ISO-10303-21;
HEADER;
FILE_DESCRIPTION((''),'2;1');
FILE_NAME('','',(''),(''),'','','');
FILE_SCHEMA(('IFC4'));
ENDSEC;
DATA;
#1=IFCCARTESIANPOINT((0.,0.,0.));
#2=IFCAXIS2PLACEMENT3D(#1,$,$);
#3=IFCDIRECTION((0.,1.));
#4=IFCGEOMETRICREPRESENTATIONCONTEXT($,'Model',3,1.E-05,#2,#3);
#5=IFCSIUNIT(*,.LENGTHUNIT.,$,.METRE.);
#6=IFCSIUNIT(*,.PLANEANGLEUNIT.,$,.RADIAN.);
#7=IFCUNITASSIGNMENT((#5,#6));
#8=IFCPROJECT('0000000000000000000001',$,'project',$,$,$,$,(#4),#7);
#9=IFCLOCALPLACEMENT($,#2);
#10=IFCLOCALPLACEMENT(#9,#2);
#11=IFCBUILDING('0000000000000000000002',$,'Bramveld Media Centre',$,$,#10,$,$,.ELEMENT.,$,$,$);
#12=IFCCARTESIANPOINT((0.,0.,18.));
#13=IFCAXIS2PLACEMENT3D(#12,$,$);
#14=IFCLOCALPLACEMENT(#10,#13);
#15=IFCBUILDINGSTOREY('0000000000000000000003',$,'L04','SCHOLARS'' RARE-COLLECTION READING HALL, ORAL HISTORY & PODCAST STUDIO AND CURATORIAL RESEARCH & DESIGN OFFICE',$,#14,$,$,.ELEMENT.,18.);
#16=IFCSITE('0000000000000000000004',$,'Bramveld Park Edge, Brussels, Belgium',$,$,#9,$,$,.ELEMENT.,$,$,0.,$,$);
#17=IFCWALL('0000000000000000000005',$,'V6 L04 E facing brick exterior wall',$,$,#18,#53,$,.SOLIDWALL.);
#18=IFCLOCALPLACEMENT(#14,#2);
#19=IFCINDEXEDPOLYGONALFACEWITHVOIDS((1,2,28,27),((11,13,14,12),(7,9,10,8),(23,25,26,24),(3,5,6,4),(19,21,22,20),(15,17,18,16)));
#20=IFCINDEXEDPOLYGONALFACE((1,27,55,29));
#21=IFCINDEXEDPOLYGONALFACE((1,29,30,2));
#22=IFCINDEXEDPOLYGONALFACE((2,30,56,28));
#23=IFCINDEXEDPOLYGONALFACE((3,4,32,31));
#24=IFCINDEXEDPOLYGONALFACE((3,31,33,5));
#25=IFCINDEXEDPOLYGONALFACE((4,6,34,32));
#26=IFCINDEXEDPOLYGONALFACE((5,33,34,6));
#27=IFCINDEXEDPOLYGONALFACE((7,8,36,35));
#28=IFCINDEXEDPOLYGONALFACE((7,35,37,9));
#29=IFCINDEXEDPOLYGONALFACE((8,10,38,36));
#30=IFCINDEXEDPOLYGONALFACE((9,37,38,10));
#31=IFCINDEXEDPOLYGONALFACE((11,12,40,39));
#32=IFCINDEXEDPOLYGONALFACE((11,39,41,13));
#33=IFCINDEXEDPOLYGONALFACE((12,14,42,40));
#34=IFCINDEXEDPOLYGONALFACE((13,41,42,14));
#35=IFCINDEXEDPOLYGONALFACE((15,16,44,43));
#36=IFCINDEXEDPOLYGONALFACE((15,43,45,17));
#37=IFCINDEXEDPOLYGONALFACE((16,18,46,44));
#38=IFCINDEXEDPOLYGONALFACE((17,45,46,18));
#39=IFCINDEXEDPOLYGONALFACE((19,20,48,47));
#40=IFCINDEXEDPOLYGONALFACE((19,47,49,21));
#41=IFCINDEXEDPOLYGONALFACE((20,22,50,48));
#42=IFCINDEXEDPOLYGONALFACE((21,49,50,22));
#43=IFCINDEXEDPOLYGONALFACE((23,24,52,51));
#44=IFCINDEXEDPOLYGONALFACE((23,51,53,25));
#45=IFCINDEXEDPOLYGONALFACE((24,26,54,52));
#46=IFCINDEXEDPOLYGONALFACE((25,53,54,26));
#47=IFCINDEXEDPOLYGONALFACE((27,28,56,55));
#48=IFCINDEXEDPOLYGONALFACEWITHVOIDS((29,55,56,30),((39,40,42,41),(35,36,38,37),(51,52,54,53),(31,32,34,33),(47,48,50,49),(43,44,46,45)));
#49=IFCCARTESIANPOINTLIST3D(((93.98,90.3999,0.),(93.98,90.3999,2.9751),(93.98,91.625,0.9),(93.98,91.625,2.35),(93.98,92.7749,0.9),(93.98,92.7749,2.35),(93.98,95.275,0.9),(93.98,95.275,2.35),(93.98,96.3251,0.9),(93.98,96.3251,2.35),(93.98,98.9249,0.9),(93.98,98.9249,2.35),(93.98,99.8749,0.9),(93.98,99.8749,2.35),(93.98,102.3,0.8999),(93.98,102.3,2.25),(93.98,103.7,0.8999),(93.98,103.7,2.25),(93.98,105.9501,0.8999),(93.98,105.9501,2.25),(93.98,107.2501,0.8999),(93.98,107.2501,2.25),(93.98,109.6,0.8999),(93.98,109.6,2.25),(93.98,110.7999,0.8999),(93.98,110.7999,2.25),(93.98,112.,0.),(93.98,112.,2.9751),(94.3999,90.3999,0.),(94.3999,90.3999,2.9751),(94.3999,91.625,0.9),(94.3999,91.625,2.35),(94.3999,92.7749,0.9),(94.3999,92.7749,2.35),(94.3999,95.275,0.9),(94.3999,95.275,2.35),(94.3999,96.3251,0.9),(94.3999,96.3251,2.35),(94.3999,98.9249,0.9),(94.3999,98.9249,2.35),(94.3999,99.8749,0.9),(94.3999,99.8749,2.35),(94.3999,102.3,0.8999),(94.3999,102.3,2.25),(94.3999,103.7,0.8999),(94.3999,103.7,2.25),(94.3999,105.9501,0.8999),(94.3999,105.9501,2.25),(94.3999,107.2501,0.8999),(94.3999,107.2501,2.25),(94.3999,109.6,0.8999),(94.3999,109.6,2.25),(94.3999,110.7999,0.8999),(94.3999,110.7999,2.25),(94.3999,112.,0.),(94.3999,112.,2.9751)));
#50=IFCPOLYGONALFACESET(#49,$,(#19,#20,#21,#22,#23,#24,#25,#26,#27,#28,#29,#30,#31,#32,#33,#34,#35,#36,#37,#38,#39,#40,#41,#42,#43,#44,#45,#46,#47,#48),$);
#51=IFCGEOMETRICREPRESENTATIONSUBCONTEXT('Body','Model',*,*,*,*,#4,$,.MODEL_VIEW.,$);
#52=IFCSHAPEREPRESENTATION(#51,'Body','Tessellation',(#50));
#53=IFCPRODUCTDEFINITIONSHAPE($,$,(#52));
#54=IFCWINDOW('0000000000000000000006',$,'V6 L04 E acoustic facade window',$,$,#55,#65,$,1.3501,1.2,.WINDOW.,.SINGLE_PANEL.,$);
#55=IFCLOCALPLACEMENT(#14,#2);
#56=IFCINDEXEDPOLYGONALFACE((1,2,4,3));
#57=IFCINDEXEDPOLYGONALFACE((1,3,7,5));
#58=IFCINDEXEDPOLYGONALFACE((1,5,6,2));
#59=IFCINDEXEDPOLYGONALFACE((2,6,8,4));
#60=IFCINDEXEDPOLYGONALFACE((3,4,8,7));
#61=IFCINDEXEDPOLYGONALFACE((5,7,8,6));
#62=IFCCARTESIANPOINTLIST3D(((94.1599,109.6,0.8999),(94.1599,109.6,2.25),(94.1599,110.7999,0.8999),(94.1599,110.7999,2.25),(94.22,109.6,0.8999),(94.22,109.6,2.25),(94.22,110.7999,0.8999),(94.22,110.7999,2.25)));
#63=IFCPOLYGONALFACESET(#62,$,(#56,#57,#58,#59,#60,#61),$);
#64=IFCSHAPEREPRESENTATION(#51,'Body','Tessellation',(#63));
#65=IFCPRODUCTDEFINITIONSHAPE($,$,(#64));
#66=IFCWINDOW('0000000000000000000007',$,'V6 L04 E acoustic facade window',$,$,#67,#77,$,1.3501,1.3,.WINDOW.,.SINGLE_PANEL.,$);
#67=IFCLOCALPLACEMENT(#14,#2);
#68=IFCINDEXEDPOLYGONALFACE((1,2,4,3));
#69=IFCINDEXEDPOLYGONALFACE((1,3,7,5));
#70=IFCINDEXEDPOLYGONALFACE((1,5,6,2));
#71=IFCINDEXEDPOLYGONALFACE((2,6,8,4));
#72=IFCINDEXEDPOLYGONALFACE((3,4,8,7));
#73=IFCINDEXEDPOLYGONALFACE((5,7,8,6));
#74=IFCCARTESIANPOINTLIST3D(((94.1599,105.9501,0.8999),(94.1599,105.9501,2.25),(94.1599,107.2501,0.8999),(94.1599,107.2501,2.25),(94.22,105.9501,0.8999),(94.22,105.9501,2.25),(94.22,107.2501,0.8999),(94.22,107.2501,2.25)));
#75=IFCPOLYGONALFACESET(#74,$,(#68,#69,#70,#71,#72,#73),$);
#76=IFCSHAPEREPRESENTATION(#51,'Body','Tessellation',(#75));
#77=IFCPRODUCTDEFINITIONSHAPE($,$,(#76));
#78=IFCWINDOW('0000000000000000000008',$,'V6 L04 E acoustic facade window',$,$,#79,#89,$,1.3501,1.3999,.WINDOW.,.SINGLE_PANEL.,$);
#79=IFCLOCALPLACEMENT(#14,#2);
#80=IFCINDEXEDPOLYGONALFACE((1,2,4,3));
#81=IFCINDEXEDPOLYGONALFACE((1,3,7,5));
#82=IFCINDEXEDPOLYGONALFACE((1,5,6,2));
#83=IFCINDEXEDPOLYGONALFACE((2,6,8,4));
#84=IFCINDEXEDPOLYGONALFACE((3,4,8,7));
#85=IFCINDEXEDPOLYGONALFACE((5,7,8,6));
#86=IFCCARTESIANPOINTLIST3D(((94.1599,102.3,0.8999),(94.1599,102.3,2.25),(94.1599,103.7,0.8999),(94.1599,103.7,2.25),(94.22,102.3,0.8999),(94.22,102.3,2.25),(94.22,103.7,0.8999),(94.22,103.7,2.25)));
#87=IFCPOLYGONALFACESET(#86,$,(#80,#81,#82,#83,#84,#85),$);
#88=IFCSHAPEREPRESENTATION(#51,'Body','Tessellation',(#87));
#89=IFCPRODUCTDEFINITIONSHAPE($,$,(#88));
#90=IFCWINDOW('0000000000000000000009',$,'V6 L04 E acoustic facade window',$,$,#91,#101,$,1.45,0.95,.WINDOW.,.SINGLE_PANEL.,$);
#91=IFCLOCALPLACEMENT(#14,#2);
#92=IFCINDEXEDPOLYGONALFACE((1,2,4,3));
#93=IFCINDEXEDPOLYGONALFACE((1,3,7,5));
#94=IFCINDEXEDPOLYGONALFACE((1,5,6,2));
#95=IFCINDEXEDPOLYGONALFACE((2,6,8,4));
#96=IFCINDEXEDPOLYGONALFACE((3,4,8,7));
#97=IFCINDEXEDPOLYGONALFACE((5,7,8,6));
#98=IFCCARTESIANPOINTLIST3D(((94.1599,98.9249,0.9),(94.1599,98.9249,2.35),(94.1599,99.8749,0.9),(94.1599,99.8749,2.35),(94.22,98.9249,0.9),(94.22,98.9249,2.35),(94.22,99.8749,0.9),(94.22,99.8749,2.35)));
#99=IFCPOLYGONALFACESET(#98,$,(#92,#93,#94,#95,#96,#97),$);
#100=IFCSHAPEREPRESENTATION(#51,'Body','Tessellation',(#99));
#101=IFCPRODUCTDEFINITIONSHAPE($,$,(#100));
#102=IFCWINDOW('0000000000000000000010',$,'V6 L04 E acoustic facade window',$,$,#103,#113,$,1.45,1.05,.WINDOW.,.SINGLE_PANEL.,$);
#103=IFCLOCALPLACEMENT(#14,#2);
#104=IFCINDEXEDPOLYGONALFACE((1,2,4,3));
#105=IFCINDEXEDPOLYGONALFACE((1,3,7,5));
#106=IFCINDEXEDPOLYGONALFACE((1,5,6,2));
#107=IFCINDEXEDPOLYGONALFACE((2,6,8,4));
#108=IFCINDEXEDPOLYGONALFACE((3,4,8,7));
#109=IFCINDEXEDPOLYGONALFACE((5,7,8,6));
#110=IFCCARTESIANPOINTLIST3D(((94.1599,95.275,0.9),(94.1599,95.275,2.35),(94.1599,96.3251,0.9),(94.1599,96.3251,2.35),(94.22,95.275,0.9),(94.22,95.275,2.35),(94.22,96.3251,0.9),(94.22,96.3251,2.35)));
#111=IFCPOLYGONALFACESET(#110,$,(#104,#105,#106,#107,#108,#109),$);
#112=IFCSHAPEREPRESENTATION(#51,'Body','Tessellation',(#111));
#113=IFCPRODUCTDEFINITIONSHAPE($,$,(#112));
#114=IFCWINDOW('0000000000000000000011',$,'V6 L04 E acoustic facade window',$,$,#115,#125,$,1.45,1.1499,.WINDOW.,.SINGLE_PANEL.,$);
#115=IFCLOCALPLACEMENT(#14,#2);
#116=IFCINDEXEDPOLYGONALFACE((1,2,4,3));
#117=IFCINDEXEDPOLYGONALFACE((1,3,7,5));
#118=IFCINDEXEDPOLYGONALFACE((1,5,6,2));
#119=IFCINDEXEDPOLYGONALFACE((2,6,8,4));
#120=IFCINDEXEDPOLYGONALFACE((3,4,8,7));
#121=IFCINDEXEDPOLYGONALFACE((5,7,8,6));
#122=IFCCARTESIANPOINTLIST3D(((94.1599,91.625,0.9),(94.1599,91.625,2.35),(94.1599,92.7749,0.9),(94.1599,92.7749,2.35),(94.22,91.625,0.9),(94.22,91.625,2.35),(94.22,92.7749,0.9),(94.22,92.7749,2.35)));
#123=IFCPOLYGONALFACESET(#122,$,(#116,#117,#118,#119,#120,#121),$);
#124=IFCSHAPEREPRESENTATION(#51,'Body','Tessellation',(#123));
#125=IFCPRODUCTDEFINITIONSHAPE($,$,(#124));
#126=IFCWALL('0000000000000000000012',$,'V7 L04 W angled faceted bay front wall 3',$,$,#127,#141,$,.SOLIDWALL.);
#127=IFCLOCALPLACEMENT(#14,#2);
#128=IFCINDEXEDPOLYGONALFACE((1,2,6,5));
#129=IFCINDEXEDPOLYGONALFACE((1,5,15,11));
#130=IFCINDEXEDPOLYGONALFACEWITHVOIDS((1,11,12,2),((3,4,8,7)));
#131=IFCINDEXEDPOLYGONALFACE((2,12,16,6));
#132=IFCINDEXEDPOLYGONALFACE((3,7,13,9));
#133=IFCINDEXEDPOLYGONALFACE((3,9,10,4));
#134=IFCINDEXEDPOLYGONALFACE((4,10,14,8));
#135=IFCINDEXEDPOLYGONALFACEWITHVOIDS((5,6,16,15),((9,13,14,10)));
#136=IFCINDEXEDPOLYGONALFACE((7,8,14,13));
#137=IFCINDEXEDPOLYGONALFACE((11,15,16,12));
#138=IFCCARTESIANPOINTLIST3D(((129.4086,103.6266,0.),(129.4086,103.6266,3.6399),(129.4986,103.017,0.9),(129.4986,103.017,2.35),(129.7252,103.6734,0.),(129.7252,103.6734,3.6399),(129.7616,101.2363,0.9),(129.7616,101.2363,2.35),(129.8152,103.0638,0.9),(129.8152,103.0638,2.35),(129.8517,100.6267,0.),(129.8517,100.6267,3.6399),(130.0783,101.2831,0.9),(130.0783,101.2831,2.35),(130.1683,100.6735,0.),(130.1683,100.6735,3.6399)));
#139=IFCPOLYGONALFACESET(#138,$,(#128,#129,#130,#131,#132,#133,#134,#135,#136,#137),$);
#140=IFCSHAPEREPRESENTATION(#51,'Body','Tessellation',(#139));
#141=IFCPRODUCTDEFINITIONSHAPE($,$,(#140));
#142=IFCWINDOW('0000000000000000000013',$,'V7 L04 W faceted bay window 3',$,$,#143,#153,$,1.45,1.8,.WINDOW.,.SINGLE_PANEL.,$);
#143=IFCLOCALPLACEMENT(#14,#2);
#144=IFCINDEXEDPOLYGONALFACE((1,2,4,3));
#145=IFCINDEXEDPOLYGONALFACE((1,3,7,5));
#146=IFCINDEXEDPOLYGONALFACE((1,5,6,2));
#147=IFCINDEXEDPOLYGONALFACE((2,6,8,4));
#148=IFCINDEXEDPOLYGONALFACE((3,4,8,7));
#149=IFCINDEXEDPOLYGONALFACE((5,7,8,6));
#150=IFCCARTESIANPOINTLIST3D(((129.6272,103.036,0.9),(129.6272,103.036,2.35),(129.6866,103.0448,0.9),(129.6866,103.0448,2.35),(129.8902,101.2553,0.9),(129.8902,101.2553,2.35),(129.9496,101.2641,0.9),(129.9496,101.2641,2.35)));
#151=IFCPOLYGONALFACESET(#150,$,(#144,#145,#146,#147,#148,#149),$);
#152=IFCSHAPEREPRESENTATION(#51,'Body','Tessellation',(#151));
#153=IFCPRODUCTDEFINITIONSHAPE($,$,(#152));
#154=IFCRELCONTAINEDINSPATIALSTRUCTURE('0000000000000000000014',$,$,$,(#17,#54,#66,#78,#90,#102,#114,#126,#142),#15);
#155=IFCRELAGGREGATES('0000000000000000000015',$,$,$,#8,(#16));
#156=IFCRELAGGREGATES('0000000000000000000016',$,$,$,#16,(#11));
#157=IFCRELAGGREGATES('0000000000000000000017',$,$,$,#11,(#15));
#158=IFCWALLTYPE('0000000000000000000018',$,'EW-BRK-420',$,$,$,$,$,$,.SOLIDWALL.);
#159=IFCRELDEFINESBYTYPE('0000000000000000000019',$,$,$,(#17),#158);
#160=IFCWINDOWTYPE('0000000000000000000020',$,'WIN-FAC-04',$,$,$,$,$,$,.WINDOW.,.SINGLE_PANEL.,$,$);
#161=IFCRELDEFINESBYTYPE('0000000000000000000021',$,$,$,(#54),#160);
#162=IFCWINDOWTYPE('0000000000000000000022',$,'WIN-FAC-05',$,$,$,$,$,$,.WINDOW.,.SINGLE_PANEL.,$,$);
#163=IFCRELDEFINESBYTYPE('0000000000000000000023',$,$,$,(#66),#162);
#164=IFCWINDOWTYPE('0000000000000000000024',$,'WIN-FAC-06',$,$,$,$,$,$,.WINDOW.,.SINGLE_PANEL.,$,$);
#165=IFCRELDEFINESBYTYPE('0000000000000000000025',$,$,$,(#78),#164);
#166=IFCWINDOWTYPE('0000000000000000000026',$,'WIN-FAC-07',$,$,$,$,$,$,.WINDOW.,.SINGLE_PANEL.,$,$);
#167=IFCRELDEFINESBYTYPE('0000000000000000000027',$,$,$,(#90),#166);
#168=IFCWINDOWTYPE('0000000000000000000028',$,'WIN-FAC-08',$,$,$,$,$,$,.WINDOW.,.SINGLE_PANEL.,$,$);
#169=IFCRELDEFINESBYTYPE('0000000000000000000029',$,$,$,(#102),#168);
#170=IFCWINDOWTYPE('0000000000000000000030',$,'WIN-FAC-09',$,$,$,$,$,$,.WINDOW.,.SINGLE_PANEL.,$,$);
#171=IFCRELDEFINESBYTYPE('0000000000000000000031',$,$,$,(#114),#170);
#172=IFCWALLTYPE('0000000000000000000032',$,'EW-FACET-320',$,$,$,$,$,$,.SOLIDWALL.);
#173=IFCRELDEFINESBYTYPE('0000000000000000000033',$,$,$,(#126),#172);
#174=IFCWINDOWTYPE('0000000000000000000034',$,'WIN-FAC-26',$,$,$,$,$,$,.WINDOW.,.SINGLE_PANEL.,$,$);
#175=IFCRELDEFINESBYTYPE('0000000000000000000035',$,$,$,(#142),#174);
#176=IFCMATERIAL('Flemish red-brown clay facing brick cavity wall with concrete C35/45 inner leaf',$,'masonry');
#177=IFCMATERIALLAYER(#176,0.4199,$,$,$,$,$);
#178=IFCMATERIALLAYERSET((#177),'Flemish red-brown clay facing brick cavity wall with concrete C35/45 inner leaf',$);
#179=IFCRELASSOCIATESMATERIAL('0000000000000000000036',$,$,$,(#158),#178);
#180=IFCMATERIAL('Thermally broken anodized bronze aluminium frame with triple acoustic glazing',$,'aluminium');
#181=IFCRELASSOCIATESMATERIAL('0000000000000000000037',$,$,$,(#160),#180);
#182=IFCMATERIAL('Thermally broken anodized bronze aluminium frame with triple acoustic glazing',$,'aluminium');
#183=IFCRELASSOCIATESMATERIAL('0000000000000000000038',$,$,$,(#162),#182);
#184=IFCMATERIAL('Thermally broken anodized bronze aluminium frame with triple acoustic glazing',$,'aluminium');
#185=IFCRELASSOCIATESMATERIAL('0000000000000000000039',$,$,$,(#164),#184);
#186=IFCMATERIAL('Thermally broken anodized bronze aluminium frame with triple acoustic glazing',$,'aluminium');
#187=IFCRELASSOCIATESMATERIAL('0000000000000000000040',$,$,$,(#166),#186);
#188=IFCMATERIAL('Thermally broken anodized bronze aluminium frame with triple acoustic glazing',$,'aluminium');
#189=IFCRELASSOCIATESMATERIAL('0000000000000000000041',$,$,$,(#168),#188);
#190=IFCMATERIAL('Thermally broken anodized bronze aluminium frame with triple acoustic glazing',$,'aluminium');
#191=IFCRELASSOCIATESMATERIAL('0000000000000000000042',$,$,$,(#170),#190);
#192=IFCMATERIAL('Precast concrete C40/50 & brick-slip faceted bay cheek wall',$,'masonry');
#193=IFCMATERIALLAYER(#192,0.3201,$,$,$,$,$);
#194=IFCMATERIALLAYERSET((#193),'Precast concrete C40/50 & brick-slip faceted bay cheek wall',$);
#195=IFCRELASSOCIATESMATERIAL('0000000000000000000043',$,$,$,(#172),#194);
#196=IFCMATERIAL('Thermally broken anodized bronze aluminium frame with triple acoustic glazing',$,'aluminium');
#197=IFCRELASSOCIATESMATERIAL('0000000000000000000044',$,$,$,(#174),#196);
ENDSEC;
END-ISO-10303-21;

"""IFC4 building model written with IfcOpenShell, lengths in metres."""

from ifc_helpers import new_model, si_unit, direction, frame, frame_2d, origin, place, context, subcontext, project, spatial, rectangle, extrude, material, layer, layer_set, type_object, element, fill, save


model = new_model("IFC4")

# Units and contexts
model_context = context("Model", 3, precision=1e-05, world=origin(), true_north=direction((0.0, 1.0)))
body_context = subcontext(model_context, "Body", "Model", "MODEL_VIEW")
ifc_project = project(units=[si_unit("LENGTHUNIT", "METRE"), si_unit("PLANEANGLEUNIT", "RADIAN")], contexts=[model_context])

# Site, building, storey
site_placement = place(None, origin())
site = spatial("IfcSite", under=ifc_project, at=site_placement, Name="Bramveld Park Edge, Brussels, Belgium", CompositionType="ELEMENT", RefElevation=0.0)
building_placement = place(site_placement, origin())
building = spatial("IfcBuilding", under=site, at=building_placement, Name="Bramveld Media Centre", CompositionType="ELEMENT")
storey_placement = place(building_placement, frame((0.0, 0.0, 18.0)))
storey = spatial("IfcBuildingStorey", under=building, at=storey_placement, Name="L04", Description="SCHOLARS' RARE-COLLECTION READING HALL, ORAL HISTORY & PODCAST STUDIO AND CURATORIAL RESEARCH & DESIGN OFFICE", CompositionType="ELEMENT", Elevation=18.0)

# Wall, openings, windows
ifc_material_1 = material(Name="Flemish red-brown clay facing brick cavity wall with concrete C35/45 inner leaf", Category="masonry")
ifc_layer_1 = layer(ifc_material_1, 0.4199)
ifc_layer_set_1 = layer_set([ifc_layer_1], Name="Flemish red-brown clay facing brick cavity wall with concrete C35/45 inner leaf")
wall_type_1 = type_object("IfcWallType", Name="EW-BRK-420", PredefinedType="SOLIDWALL", material=ifc_layer_set_1)
wall_1_placement = place(storey_placement, frame((94.1899, 112.0, 0.0), z_axis=(0.0, 0.0, 1.0), x_axis=(0.0, -1.0, 0.0)))
wall_1 = element("IfcWall", 1, at=wall_1_placement, inside=storey, type_object=wall_type_1, Name="V6 L04 E facing brick exterior wall", PredefinedType="SOLIDWALL", context=body_context, shape_type="SweptSolid", body=[
    extrude(rectangle(XDim=21.6001, YDim=0.4199, at=frame_2d((10.8, 0.0))), origin(), (0.0, 0.0, 1.0), 2.9751),
])
opening_1_placement = place(wall_1_placement, frame((1.2, 0.0, 0.8999)))
opening_1 = element("IfcOpeningElement", 2, at=opening_1_placement, cuts=wall_1, PredefinedType="OPENING", context=body_context, shape_type="SweptSolid", body=[
    extrude(rectangle(XDim=1.2, YDim=1.3501, at=frame_2d((0.6001, 0.675))), frame((0.0, 0.2219, 0.0), z_axis=(0.0, -1.0, 0.0), x_axis=(1.0, 0.0, 0.0)), (0.0, 0.0, 1.0), 0.4438),
])
opening_2_placement = place(wall_1_placement, frame((4.75, 0.0, 0.8999)))
opening_2 = element("IfcOpeningElement", 3, at=opening_2_placement, cuts=wall_1, PredefinedType="OPENING", context=body_context, shape_type="SweptSolid", body=[
    extrude(rectangle(XDim=1.3, YDim=1.3501, at=frame_2d((0.6499, 0.675))), frame((0.0, 0.2219, 0.0), z_axis=(0.0, -1.0, 0.0), x_axis=(1.0, 0.0, 0.0)), (0.0, 0.0, 1.0), 0.4438),
])
opening_3_placement = place(wall_1_placement, frame((8.3, 0.0, 0.8999)))
opening_3 = element("IfcOpeningElement", 4, at=opening_3_placement, cuts=wall_1, PredefinedType="OPENING", context=body_context, shape_type="SweptSolid", body=[
    extrude(rectangle(XDim=1.3999, YDim=1.3501, at=frame_2d((0.7, 0.675))), frame((0.0, 0.2219, 0.0), z_axis=(0.0, -1.0, 0.0), x_axis=(1.0, 0.0, 0.0)), (0.0, 0.0, 1.0), 0.4438),
])
opening_4_placement = place(wall_1_placement, frame((12.125, 0.0, 0.8999)))
opening_4 = element("IfcOpeningElement", 5, at=opening_4_placement, cuts=wall_1, PredefinedType="OPENING", context=body_context, shape_type="SweptSolid", body=[
    extrude(rectangle(XDim=0.95, YDim=1.45, at=frame_2d((0.4751, 0.7251))), frame((0.0, 0.2219, 0.0), z_axis=(0.0, -1.0, 0.0), x_axis=(1.0, 0.0, 0.0)), (0.0, 0.0, 1.0), 0.4438),
])
opening_5_placement = place(wall_1_placement, frame((15.675, 0.0, 0.8999)))
opening_5 = element("IfcOpeningElement", 6, at=opening_5_placement, cuts=wall_1, PredefinedType="OPENING", context=body_context, shape_type="SweptSolid", body=[
    extrude(rectangle(XDim=1.05, YDim=1.45, at=frame_2d((0.5249, 0.7251))), frame((0.0, 0.2219, 0.0), z_axis=(0.0, -1.0, 0.0), x_axis=(1.0, 0.0, 0.0)), (0.0, 0.0, 1.0), 0.4438),
])
opening_6_placement = place(wall_1_placement, frame((19.2251, 0.0, 0.8999)))
opening_6 = element("IfcOpeningElement", 7, at=opening_6_placement, cuts=wall_1, PredefinedType="OPENING", context=body_context, shape_type="SweptSolid", body=[
    extrude(rectangle(XDim=1.1499, YDim=1.45, at=frame_2d((0.575, 0.7251))), frame((0.0, 0.2219, 0.0), z_axis=(0.0, -1.0, 0.0), x_axis=(1.0, 0.0, 0.0)), (0.0, 0.0, 1.0), 0.4438),
])
ifc_material_2 = material(Name="Thermally broken anodized bronze aluminium frame with triple acoustic glazing", Category="aluminium")
window_type_1 = type_object("IfcWindowType", Name="WIN-FAC-04", PartitioningType="SINGLE_PANEL", PredefinedType="WINDOW", material=ifc_material_2)
window_1_placement = place(opening_1_placement, origin())
window_1 = element("IfcWindow", 8, at=window_1_placement, inside=storey, type_object=window_type_1, Name="V6 L04 E acoustic facade window", OverallHeight=1.3501, OverallWidth=1.2, PartitioningType="SINGLE_PANEL", PredefinedType="WINDOW", context=body_context, shape_type="SweptSolid", body=[
    extrude(rectangle(XDim=1.2, YDim=1.3501, at=frame_2d((0.6001, 0.675))), frame((0.0, 0.03, 0.0), z_axis=(0.0, -1.0, 0.0), x_axis=(1.0, 0.0, 0.0)), (0.0, 0.0, 1.0), 0.0601),
])
fill(opening_1, window_1)
ifc_material_3 = material(Name="Thermally broken anodized bronze aluminium frame with triple acoustic glazing", Category="aluminium")
window_type_2 = type_object("IfcWindowType", Name="WIN-FAC-05", PartitioningType="SINGLE_PANEL", PredefinedType="WINDOW", material=ifc_material_3)
window_2_placement = place(opening_2_placement, origin())
window_2 = element("IfcWindow", 9, at=window_2_placement, inside=storey, type_object=window_type_2, Name="V6 L04 E acoustic facade window", OverallHeight=1.3501, OverallWidth=1.3, PartitioningType="SINGLE_PANEL", PredefinedType="WINDOW", context=body_context, shape_type="SweptSolid", body=[
    extrude(rectangle(XDim=1.3, YDim=1.3501, at=frame_2d((0.6499, 0.675))), frame((0.0, 0.03, 0.0), z_axis=(0.0, -1.0, 0.0), x_axis=(1.0, 0.0, 0.0)), (0.0, 0.0, 1.0), 0.0601),
])
fill(opening_2, window_2)
ifc_material_4 = material(Name="Thermally broken anodized bronze aluminium frame with triple acoustic glazing", Category="aluminium")
window_type_3 = type_object("IfcWindowType", Name="WIN-FAC-06", PartitioningType="SINGLE_PANEL", PredefinedType="WINDOW", material=ifc_material_4)
window_3_placement = place(opening_3_placement, origin())
window_3 = element("IfcWindow", 10, at=window_3_placement, inside=storey, type_object=window_type_3, Name="V6 L04 E acoustic facade window", OverallHeight=1.3501, OverallWidth=1.3999, PartitioningType="SINGLE_PANEL", PredefinedType="WINDOW", context=body_context, shape_type="SweptSolid", body=[
    extrude(rectangle(XDim=1.3999, YDim=1.3501, at=frame_2d((0.7, 0.675))), frame((0.0, 0.03, 0.0), z_axis=(0.0, -1.0, 0.0), x_axis=(1.0, 0.0, 0.0)), (0.0, 0.0, 1.0), 0.0601),
])
fill(opening_3, window_3)
ifc_material_5 = material(Name="Thermally broken anodized bronze aluminium frame with triple acoustic glazing", Category="aluminium")
window_type_4 = type_object("IfcWindowType", Name="WIN-FAC-07", PartitioningType="SINGLE_PANEL", PredefinedType="WINDOW", material=ifc_material_5)
window_4_placement = place(opening_4_placement, origin())
window_4 = element("IfcWindow", 11, at=window_4_placement, inside=storey, type_object=window_type_4, Name="V6 L04 E acoustic facade window", OverallHeight=1.45, OverallWidth=0.95, PartitioningType="SINGLE_PANEL", PredefinedType="WINDOW", context=body_context, shape_type="SweptSolid", body=[
    extrude(rectangle(XDim=0.95, YDim=1.45, at=frame_2d((0.4751, 0.7251))), frame((0.0, 0.03, 0.0), z_axis=(0.0, -1.0, 0.0), x_axis=(1.0, 0.0, 0.0)), (0.0, 0.0, 1.0), 0.0601),
])
fill(opening_4, window_4)
ifc_material_6 = material(Name="Thermally broken anodized bronze aluminium frame with triple acoustic glazing", Category="aluminium")
window_type_5 = type_object("IfcWindowType", Name="WIN-FAC-08", PartitioningType="SINGLE_PANEL", PredefinedType="WINDOW", material=ifc_material_6)
window_5_placement = place(opening_5_placement, origin())
window_5 = element("IfcWindow", 12, at=window_5_placement, inside=storey, type_object=window_type_5, Name="V6 L04 E acoustic facade window", OverallHeight=1.45, OverallWidth=1.05, PartitioningType="SINGLE_PANEL", PredefinedType="WINDOW", context=body_context, shape_type="SweptSolid", body=[
    extrude(rectangle(XDim=1.05, YDim=1.45, at=frame_2d((0.5249, 0.7251))), frame((0.0, 0.03, 0.0), z_axis=(0.0, -1.0, 0.0), x_axis=(1.0, 0.0, 0.0)), (0.0, 0.0, 1.0), 0.0601),
])
fill(opening_5, window_5)
ifc_material_7 = material(Name="Thermally broken anodized bronze aluminium frame with triple acoustic glazing", Category="aluminium")
window_type_6 = type_object("IfcWindowType", Name="WIN-FAC-09", PartitioningType="SINGLE_PANEL", PredefinedType="WINDOW", material=ifc_material_7)
window_6_placement = place(opening_6_placement, origin())
window_6 = element("IfcWindow", 13, at=window_6_placement, inside=storey, type_object=window_type_6, Name="V6 L04 E acoustic facade window", OverallHeight=1.45, OverallWidth=1.1499, PartitioningType="SINGLE_PANEL", PredefinedType="WINDOW", context=body_context, shape_type="SweptSolid", body=[
    extrude(rectangle(XDim=1.1499, YDim=1.45, at=frame_2d((0.575, 0.7251))), frame((0.0, 0.03, 0.0), z_axis=(0.0, -1.0, 0.0), x_axis=(1.0, 0.0, 0.0)), (0.0, 0.0, 1.0), 0.0601),
])
fill(opening_6, window_6)

# Wall, opening, window
ifc_material_8 = material(Name="Precast concrete C40/50 & brick-slip faceted bay cheek wall", Category="masonry")
ifc_layer_2 = layer(ifc_material_8, 0.3201)
ifc_layer_set_2 = layer_set([ifc_layer_2], Name="Precast concrete C40/50 & brick-slip faceted bay cheek wall")
wall_type_2 = type_object("IfcWallType", Name="EW-FACET-320", PredefinedType="SOLIDWALL", material=ifc_layer_set_2)
wall_2_placement = place(storey_placement, frame((129.5669, 103.6499, 0.0), z_axis=(0.0, 0.0, 1.0), x_axis=(0.14612, -0.989267, 0.0)))
wall_2 = element("IfcWall", 14, at=wall_2_placement, inside=storey, type_object=wall_type_2, Name="V7 L04 W angled faceted bay front wall 3", PredefinedType="SOLIDWALL", context=body_context, shape_type="SweptSolid", body=[
    extrude(rectangle(XDim=3.0325, YDim=0.3201, at=frame_2d((1.5161, 0.0))), origin(), (0.0, 0.0, 1.0), 3.6399),
])
opening_7_placement = place(wall_2_placement, frame((0.6162, 0.0, 0.8999)))
opening_7 = element("IfcOpeningElement", 15, at=opening_7_placement, cuts=wall_2, PredefinedType="OPENING", context=body_context, shape_type="SweptSolid", body=[
    extrude(rectangle(XDim=1.8, YDim=1.45, at=frame_2d((0.8999, 0.7251))), frame((0.0, 0.1719, 0.0), z_axis=(0.0, -1.0, 0.0), x_axis=(1.0, 0.0, 0.0)), (0.0, 0.0, 1.0), 0.344),
])
ifc_material_9 = material(Name="Thermally broken anodized bronze aluminium frame with triple acoustic glazing", Category="aluminium")
window_type_7 = type_object("IfcWindowType", Name="WIN-FAC-26", PartitioningType="SINGLE_PANEL", PredefinedType="WINDOW", material=ifc_material_9)
window_7_placement = place(opening_7_placement, origin())
window_7 = element("IfcWindow", 16, at=window_7_placement, inside=storey, type_object=window_type_7, Name="V7 L04 W faceted bay window 3", OverallHeight=1.45, OverallWidth=1.8, PartitioningType="SINGLE_PANEL", PredefinedType="WINDOW", context=body_context, shape_type="SweptSolid", body=[
    extrude(rectangle(XDim=1.8, YDim=1.45, at=frame_2d((0.8999, 0.7251))), frame((0.0, 0.03, 0.0), z_axis=(0.0, -1.0, 0.0), x_axis=(1.0, 0.0, 0.0)), (0.0, 0.0, 1.0), 0.0601),
])
fill(opening_7, window_7)

save(model, "model.ifc")
